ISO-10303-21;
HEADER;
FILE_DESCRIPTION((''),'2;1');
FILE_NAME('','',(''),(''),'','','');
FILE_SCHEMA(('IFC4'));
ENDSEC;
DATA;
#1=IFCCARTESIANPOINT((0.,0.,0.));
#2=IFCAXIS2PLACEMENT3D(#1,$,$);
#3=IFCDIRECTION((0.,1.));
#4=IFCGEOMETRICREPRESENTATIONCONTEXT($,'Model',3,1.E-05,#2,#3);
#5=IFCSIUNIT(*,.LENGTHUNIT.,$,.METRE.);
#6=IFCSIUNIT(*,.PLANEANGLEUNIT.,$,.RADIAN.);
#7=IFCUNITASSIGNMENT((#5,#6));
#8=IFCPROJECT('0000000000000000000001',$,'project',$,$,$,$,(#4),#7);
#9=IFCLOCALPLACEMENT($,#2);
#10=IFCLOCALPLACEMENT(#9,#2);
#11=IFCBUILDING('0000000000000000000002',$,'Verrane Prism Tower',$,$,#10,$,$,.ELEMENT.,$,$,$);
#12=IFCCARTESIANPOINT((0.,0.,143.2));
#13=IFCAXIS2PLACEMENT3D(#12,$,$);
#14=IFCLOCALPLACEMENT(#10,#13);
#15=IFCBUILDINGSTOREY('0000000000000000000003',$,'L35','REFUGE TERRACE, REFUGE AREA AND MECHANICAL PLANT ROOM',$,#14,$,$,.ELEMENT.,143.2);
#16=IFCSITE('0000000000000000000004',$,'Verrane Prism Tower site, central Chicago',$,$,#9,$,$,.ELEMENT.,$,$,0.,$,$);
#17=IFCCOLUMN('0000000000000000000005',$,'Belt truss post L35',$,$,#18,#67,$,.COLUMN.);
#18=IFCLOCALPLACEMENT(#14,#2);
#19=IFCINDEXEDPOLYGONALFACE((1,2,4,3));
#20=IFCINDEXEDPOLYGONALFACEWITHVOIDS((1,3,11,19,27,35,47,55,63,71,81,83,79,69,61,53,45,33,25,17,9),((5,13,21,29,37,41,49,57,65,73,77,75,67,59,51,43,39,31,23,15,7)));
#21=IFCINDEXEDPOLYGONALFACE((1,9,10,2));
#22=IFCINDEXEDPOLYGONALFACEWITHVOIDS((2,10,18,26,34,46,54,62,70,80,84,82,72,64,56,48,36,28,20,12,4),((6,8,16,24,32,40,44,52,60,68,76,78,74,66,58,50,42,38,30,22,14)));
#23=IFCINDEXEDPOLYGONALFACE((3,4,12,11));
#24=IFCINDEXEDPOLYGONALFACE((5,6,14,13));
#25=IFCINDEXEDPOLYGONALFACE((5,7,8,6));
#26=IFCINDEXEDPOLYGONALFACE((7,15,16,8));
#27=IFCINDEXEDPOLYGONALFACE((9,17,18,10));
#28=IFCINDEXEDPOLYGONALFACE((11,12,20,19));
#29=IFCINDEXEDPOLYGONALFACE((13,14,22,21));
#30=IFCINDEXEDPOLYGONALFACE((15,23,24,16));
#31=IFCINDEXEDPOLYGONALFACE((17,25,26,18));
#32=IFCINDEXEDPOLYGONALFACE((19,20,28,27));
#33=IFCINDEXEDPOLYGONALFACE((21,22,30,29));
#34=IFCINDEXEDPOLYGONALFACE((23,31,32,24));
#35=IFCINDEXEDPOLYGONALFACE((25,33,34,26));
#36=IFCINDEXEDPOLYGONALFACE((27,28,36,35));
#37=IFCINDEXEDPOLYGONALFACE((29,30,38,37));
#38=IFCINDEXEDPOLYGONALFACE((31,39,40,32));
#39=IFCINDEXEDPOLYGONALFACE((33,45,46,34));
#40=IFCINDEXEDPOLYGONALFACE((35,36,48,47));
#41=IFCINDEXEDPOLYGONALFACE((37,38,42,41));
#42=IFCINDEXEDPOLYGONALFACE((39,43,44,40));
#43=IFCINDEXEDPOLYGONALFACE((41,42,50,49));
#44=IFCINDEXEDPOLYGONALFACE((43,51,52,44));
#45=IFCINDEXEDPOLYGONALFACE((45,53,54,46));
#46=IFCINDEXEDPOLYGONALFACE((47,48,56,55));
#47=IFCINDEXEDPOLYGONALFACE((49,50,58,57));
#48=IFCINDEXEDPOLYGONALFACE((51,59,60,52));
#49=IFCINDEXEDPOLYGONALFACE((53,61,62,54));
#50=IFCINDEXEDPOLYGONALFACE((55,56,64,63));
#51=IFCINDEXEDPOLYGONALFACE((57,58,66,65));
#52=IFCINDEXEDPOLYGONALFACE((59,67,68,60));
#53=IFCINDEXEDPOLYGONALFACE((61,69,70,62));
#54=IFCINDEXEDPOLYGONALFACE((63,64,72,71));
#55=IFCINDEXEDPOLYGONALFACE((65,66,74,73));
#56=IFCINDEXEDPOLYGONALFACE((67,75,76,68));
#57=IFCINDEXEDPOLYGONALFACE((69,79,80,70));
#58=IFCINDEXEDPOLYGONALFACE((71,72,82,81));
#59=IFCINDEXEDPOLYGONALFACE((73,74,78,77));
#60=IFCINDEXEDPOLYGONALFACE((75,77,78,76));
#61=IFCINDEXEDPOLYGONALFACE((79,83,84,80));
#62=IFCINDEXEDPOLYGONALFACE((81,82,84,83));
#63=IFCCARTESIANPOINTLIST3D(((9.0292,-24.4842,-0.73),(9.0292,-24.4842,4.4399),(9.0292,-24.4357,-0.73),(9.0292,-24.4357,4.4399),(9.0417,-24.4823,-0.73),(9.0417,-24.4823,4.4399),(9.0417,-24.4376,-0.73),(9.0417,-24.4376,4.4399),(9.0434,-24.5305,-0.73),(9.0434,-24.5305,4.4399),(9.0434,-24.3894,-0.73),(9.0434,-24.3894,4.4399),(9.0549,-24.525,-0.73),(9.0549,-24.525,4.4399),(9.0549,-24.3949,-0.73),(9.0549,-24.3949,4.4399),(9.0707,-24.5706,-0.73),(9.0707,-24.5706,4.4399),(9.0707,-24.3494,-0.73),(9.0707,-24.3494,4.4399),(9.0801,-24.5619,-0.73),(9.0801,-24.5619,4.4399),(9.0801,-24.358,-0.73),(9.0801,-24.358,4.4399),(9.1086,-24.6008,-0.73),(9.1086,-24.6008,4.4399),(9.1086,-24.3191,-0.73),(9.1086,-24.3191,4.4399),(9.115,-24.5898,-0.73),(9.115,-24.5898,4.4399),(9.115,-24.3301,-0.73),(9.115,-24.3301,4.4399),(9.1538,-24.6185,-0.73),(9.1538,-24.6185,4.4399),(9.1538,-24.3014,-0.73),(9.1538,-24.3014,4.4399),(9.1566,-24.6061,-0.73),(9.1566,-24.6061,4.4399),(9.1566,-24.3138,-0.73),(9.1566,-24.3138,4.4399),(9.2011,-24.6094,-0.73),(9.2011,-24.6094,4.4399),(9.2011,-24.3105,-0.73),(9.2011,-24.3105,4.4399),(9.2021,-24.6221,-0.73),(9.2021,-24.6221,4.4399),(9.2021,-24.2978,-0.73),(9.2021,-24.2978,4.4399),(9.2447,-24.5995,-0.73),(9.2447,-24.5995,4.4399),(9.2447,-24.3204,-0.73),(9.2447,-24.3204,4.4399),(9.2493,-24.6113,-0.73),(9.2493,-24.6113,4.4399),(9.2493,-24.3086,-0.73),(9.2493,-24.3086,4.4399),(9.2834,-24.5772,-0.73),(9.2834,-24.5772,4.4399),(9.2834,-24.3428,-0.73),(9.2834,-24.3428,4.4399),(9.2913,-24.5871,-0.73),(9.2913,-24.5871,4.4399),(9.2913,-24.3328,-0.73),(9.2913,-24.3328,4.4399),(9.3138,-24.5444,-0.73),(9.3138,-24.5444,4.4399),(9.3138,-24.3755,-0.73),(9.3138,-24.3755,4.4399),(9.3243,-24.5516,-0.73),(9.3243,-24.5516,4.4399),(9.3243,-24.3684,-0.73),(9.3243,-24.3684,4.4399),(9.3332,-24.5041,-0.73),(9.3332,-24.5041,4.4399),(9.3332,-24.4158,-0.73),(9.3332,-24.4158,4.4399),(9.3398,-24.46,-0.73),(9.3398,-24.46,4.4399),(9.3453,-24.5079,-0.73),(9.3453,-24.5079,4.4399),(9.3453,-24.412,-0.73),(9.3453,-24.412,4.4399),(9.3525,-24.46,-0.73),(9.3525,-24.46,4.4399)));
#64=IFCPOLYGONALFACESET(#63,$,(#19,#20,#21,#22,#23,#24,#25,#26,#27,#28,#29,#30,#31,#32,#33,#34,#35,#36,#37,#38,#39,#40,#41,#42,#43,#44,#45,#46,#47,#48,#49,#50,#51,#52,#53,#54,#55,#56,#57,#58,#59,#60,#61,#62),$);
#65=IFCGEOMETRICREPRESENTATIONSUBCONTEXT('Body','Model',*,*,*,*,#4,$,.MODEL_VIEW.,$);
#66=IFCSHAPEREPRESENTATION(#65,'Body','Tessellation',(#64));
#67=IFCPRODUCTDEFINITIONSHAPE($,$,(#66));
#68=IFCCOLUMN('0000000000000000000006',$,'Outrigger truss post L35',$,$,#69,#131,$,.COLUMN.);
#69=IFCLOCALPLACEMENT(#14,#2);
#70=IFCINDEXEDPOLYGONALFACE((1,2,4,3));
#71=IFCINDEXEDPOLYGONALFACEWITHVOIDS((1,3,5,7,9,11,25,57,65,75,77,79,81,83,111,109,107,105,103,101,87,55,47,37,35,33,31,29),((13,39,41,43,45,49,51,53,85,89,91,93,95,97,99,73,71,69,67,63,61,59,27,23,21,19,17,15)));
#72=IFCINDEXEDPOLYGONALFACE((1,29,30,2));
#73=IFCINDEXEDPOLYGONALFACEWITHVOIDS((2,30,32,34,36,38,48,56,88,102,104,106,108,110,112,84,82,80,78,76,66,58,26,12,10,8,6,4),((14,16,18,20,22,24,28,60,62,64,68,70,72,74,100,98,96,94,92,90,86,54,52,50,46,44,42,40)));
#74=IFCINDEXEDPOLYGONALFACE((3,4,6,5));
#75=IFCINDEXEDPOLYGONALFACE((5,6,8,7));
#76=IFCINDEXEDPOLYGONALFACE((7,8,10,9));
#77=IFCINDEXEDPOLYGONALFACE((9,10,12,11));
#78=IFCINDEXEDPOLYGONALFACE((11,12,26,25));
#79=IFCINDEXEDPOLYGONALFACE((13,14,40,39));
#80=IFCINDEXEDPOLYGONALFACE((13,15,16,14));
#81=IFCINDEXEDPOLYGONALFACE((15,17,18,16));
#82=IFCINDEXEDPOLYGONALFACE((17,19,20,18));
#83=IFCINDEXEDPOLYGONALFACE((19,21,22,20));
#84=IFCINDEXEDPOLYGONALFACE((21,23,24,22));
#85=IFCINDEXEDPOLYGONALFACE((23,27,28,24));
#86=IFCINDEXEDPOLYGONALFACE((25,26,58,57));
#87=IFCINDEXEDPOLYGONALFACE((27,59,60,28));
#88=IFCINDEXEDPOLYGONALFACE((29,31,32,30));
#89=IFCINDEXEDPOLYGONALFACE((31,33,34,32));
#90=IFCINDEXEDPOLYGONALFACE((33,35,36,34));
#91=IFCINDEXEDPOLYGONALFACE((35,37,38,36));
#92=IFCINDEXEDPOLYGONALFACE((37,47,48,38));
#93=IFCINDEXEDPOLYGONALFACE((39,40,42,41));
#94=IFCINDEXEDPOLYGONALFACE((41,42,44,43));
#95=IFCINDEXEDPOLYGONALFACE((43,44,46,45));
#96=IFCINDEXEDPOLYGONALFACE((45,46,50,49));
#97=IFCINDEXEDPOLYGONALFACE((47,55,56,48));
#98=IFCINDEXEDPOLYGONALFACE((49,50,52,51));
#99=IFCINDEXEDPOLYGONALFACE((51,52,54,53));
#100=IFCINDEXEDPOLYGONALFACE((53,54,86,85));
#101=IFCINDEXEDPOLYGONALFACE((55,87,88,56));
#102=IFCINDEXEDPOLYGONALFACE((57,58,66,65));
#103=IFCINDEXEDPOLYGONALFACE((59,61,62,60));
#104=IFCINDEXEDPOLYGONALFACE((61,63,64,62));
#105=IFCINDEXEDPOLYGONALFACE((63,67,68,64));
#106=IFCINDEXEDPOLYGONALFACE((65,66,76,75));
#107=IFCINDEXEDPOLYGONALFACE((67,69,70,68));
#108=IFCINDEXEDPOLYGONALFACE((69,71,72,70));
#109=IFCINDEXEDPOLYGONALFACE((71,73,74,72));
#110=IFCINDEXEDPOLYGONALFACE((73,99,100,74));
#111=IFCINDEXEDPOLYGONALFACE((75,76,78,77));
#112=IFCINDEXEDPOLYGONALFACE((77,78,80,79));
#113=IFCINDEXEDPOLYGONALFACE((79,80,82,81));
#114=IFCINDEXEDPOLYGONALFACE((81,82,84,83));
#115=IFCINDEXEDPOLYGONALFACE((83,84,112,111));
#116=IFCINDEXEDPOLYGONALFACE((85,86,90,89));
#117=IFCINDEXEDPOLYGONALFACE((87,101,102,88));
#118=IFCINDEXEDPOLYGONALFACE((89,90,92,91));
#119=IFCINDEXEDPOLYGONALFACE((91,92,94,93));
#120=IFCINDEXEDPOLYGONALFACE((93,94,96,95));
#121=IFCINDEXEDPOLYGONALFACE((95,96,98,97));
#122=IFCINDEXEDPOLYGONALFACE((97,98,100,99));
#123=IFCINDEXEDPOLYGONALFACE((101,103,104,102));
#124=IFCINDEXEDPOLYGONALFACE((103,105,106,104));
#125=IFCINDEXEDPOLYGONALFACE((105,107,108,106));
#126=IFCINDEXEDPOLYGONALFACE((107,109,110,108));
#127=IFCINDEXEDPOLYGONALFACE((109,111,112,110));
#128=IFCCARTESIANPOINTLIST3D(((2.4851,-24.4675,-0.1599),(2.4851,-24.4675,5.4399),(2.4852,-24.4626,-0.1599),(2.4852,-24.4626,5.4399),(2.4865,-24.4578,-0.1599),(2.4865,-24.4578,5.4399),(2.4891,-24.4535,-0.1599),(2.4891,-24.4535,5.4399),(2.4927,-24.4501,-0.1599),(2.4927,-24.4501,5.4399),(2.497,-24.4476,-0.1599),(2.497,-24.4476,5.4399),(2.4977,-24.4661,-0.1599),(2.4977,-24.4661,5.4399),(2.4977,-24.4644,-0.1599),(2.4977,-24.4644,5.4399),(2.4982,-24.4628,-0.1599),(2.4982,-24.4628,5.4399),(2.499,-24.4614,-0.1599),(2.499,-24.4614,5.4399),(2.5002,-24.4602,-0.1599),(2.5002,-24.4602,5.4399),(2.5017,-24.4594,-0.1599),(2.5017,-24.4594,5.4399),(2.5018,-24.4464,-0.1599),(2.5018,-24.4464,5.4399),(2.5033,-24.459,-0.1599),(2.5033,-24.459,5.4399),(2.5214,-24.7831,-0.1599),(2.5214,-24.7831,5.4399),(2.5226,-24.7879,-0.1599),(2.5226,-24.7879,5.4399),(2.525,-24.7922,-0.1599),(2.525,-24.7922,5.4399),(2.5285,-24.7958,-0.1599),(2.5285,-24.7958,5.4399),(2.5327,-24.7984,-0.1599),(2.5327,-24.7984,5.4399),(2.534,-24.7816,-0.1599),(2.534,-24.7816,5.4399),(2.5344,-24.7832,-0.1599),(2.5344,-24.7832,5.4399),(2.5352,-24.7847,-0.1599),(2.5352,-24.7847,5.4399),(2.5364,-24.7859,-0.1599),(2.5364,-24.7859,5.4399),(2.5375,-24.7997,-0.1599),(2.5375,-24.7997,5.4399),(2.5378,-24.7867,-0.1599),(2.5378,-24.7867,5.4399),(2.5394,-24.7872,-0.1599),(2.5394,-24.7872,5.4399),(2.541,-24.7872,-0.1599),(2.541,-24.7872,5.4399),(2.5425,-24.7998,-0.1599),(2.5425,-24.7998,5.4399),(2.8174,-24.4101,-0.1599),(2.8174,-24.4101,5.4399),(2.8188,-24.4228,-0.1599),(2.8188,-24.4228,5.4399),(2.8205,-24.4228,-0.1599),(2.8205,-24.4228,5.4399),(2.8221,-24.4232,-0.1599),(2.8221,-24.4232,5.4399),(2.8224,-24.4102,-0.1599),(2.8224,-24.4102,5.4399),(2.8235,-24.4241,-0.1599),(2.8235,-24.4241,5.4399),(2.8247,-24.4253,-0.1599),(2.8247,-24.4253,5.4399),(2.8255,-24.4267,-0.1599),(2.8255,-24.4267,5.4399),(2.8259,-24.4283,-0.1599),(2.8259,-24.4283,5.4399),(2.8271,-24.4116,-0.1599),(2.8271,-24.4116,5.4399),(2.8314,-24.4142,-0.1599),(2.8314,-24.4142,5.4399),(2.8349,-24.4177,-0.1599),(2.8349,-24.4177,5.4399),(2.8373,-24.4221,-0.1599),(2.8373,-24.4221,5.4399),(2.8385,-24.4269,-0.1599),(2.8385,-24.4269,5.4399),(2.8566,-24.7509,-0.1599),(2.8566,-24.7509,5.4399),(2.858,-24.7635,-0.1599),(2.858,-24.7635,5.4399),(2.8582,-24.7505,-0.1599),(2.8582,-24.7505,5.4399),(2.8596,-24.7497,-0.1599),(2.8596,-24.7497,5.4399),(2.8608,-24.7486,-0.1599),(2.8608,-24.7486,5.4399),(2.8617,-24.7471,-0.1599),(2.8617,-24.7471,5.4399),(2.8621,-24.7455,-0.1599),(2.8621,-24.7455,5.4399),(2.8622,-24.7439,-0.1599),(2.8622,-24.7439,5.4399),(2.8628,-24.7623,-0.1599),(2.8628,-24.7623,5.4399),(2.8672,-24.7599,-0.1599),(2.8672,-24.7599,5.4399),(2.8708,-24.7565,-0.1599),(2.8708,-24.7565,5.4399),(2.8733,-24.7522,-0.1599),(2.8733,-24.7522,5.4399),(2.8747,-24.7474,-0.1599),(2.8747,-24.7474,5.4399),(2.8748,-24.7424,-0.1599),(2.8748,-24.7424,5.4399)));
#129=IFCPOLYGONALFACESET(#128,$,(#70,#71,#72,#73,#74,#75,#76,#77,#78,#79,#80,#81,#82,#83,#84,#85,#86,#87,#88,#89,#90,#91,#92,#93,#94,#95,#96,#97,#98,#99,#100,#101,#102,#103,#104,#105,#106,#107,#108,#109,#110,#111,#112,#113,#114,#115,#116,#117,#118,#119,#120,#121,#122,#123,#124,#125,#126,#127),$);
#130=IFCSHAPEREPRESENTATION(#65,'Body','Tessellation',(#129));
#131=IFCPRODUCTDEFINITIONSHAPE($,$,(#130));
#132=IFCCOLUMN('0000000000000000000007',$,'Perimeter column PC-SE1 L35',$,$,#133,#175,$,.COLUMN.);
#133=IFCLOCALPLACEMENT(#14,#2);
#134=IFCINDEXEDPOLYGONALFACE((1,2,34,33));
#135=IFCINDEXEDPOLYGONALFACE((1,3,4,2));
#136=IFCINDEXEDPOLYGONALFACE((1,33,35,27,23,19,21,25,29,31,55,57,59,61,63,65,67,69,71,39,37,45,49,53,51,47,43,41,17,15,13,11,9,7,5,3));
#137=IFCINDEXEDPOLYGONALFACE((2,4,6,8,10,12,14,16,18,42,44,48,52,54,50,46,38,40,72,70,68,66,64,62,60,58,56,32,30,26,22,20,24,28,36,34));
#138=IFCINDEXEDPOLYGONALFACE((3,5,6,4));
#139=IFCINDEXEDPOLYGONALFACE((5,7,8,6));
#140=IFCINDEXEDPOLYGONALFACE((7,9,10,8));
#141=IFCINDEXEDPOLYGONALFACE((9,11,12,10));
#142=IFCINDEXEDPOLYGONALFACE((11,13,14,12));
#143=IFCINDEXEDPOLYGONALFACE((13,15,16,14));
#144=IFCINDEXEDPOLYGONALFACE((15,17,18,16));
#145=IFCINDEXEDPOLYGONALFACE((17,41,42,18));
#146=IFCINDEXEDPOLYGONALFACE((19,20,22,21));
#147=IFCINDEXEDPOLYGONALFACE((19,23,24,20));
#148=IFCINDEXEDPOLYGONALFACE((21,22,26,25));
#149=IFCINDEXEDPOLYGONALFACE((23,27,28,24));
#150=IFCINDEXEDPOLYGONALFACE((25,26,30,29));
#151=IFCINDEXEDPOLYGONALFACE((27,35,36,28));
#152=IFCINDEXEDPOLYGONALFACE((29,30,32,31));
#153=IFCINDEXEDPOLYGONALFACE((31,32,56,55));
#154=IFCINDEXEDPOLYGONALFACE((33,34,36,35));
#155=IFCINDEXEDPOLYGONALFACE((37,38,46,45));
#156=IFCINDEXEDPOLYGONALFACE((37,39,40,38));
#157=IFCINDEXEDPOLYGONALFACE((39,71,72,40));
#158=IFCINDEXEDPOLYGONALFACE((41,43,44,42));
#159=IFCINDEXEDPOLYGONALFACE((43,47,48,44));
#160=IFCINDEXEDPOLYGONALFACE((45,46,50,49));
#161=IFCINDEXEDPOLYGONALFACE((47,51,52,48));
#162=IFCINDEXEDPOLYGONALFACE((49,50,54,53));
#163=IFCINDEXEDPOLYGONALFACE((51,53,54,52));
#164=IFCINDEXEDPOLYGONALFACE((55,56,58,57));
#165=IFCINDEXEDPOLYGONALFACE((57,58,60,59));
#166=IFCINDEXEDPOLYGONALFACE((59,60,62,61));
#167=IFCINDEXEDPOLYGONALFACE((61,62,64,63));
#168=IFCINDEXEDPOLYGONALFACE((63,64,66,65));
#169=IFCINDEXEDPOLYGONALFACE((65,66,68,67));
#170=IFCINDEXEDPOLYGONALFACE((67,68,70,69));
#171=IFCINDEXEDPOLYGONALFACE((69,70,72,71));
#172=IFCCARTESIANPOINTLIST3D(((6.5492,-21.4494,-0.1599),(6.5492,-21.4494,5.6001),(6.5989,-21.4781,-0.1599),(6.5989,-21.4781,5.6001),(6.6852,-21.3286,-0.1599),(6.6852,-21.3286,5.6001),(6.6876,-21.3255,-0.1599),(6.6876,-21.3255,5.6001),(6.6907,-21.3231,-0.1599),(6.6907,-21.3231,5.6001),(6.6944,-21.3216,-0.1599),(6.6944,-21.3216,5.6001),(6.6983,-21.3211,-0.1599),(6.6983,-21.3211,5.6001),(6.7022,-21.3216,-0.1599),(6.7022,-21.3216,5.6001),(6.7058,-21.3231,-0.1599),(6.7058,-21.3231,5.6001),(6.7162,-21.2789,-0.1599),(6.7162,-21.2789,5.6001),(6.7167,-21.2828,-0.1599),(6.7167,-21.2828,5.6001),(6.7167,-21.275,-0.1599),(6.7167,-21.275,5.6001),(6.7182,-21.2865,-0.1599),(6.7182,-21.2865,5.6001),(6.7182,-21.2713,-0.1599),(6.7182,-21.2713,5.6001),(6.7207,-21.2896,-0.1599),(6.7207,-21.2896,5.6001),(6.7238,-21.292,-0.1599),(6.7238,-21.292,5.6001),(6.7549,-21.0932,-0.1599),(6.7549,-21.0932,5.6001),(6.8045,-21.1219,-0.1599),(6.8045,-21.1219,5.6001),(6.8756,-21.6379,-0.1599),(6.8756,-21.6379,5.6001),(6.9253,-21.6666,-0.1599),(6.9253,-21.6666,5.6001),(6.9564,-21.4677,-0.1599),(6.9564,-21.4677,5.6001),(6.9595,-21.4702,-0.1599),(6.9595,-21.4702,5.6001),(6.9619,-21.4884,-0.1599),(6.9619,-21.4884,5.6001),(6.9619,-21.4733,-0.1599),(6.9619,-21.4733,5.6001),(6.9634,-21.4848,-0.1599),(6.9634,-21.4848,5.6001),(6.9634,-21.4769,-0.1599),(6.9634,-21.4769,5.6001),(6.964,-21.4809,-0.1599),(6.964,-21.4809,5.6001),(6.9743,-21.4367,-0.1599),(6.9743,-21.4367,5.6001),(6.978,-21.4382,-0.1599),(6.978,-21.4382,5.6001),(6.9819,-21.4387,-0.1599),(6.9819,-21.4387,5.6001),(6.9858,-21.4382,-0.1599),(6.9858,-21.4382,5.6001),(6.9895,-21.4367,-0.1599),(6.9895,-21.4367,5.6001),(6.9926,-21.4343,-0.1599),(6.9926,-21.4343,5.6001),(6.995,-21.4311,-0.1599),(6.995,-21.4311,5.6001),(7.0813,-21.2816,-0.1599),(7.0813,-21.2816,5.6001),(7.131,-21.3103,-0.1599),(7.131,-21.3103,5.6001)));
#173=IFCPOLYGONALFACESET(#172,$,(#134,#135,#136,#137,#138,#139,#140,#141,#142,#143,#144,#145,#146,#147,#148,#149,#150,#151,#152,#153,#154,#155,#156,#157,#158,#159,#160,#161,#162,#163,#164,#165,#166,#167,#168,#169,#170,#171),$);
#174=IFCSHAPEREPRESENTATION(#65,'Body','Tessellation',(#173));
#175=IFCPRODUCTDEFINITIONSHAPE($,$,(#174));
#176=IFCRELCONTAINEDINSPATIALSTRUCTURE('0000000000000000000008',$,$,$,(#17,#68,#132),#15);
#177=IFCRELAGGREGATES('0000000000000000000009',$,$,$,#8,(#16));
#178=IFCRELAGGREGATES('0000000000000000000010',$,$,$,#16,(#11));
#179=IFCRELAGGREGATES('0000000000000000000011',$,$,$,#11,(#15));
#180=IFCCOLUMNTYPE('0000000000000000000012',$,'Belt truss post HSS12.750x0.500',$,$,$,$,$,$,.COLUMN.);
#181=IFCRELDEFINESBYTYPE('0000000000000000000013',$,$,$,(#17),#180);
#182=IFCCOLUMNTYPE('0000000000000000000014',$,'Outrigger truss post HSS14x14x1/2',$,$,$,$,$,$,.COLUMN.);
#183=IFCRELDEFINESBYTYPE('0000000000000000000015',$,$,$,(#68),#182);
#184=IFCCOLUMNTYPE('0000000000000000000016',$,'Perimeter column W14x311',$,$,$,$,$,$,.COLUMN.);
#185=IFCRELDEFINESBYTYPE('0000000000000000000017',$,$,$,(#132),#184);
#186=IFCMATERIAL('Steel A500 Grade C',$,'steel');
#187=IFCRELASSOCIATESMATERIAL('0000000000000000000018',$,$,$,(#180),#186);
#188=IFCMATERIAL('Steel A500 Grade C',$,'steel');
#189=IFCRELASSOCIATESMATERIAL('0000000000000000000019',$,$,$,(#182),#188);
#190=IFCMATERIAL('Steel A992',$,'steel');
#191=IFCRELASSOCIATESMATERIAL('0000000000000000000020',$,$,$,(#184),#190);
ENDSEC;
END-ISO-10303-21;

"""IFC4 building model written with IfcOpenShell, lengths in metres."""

from ifc_helpers import new_model, si_unit, direction, frame, origin, origin_2d, place, context, subcontext, project, spatial, hollow_rectangle, hollow_circle, i_section, extrude, material, material_profile, profile_set, type_object, element, save


model = new_model("IFC4")

# Units and contexts
model_context = context("Model", 3, precision=1e-05, world=origin(), true_north=direction((0.0, 1.0)))
body_context = subcontext(model_context, "Body", "Model", "MODEL_VIEW")
ifc_project = project(units=[si_unit("LENGTHUNIT", "METRE"), si_unit("PLANEANGLEUNIT", "RADIAN")], contexts=[model_context])

# Site, building, storey
site_placement = place(None, origin())
site = spatial("IfcSite", under=ifc_project, at=site_placement, Name="Verrane Prism Tower site, central Chicago", CompositionType="ELEMENT", RefElevation=0.0)
building_placement = place(site_placement, origin())
building = spatial("IfcBuilding", under=site, at=building_placement, Name="Verrane Prism Tower", CompositionType="ELEMENT")
storey_placement = place(building_placement, frame((0.0, 0.0, 143.2)))
storey = spatial("IfcBuildingStorey", under=building, at=storey_placement, Name="L35", Description="REFUGE TERRACE, REFUGE AREA AND MECHANICAL PLANT ROOM", CompositionType="ELEMENT", Elevation=143.2)

# Columns
ifc_material_1 = material(Name="Steel A500 Grade C", Category="steel")
ifc_material_profile_1 = material_profile(ifc_material_1, hollow_circle(Radius=0.1626, WallThickness=0.0127, at=origin_2d()), Name="HSS12.750x0.500")
ifc_profile_set_1 = profile_set([ifc_material_profile_1], Name="Steel A500 Grade C")
column_type_1 = type_object("IfcColumnType", Name="Belt truss post HSS12.750x0.500", PredefinedType="COLUMN", material=ifc_profile_set_1)
column_1_placement = place(storey_placement, frame((9.1899, -24.46, -0.73), z_axis=(0.0, 0.0, 1.0), x_axis=(-0.5, -0.866025, 0.0)))
element("IfcColumn", 1, at=column_1_placement, inside=storey, type_object=column_type_1, Name="Belt truss post L35", PredefinedType="COLUMN", context=body_context, shape_type="SweptSolid", body=[
    extrude(hollow_circle(Radius=0.1626, WallThickness=0.0127, at=origin_2d()), origin(), (0.0, 0.0, 1.0), 5.1699),
])
ifc_material_2 = material(Name="Steel A500 Grade C", Category="steel")
ifc_material_profile_2 = material_profile(ifc_material_2, hollow_rectangle(XDim=0.3557, YDim=0.3557, WallThickness=0.0127, InnerFilletRadius=0.0063, OuterFilletRadius=0.019, at=origin_2d()), Name="HSS14x14x1/2")
ifc_profile_set_2 = profile_set([ifc_material_profile_2], Name="Steel A500 Grade C")
column_type_2 = type_object("IfcColumnType", Name="Outrigger truss post HSS14x14x1/2", PredefinedType="COLUMN", material=ifc_profile_set_2)
column_2_placement = place(storey_placement, frame((2.6799, -24.605, -0.1599), z_axis=(0.0, 0.0, 1.0), x_axis=(0.993455, 0.114225, 0.0)))
element("IfcColumn", 2, at=column_2_placement, inside=storey, type_object=column_type_2, Name="Outrigger truss post L35", PredefinedType="COLUMN", context=body_context, shape_type="SweptSolid", body=[
    extrude(hollow_rectangle(XDim=0.3557, YDim=0.3557, WallThickness=0.0127, InnerFilletRadius=0.0063, OuterFilletRadius=0.019, at=origin_2d()), origin(), (0.0, 0.0, 1.0), 5.5999),
])
ifc_material_3 = material(Name="Steel A992", Category="steel")
ifc_material_profile_3 = material_profile(ifc_material_3, i_section(OverallWidth=0.4114, OverallDepth=0.4343, WebThickness=0.0359, FlangeThickness=0.0574, FilletRadius=0.0151, at=origin_2d()), Name="W14x311")
ifc_profile_set_3 = profile_set([ifc_material_profile_3], Name="Steel A992")
column_type_3 = type_object("IfcColumnType", Name="Perimeter column W14x311", PredefinedType="COLUMN", material=ifc_profile_set_3)
column_3_placement = place(storey_placement, frame((6.8401, -21.3799, -0.1599), z_axis=(0.0, 0.0, 1.0), x_axis=(-0.5, -0.866025, 0.0)))
element("IfcColumn", 3, at=column_3_placement, inside=storey, type_object=column_type_3, Name="Perimeter column PC-SE1 L35", PredefinedType="COLUMN", context=body_context, shape_type="SweptSolid", body=[
    extrude(i_section(OverallWidth=0.4114, OverallDepth=0.4343, WebThickness=0.0359, FlangeThickness=0.0574, FilletRadius=0.0151, at=origin_2d()), origin(), (0.0, 0.0, 1.0), 5.76),
])

save(model, "model.ifc")
